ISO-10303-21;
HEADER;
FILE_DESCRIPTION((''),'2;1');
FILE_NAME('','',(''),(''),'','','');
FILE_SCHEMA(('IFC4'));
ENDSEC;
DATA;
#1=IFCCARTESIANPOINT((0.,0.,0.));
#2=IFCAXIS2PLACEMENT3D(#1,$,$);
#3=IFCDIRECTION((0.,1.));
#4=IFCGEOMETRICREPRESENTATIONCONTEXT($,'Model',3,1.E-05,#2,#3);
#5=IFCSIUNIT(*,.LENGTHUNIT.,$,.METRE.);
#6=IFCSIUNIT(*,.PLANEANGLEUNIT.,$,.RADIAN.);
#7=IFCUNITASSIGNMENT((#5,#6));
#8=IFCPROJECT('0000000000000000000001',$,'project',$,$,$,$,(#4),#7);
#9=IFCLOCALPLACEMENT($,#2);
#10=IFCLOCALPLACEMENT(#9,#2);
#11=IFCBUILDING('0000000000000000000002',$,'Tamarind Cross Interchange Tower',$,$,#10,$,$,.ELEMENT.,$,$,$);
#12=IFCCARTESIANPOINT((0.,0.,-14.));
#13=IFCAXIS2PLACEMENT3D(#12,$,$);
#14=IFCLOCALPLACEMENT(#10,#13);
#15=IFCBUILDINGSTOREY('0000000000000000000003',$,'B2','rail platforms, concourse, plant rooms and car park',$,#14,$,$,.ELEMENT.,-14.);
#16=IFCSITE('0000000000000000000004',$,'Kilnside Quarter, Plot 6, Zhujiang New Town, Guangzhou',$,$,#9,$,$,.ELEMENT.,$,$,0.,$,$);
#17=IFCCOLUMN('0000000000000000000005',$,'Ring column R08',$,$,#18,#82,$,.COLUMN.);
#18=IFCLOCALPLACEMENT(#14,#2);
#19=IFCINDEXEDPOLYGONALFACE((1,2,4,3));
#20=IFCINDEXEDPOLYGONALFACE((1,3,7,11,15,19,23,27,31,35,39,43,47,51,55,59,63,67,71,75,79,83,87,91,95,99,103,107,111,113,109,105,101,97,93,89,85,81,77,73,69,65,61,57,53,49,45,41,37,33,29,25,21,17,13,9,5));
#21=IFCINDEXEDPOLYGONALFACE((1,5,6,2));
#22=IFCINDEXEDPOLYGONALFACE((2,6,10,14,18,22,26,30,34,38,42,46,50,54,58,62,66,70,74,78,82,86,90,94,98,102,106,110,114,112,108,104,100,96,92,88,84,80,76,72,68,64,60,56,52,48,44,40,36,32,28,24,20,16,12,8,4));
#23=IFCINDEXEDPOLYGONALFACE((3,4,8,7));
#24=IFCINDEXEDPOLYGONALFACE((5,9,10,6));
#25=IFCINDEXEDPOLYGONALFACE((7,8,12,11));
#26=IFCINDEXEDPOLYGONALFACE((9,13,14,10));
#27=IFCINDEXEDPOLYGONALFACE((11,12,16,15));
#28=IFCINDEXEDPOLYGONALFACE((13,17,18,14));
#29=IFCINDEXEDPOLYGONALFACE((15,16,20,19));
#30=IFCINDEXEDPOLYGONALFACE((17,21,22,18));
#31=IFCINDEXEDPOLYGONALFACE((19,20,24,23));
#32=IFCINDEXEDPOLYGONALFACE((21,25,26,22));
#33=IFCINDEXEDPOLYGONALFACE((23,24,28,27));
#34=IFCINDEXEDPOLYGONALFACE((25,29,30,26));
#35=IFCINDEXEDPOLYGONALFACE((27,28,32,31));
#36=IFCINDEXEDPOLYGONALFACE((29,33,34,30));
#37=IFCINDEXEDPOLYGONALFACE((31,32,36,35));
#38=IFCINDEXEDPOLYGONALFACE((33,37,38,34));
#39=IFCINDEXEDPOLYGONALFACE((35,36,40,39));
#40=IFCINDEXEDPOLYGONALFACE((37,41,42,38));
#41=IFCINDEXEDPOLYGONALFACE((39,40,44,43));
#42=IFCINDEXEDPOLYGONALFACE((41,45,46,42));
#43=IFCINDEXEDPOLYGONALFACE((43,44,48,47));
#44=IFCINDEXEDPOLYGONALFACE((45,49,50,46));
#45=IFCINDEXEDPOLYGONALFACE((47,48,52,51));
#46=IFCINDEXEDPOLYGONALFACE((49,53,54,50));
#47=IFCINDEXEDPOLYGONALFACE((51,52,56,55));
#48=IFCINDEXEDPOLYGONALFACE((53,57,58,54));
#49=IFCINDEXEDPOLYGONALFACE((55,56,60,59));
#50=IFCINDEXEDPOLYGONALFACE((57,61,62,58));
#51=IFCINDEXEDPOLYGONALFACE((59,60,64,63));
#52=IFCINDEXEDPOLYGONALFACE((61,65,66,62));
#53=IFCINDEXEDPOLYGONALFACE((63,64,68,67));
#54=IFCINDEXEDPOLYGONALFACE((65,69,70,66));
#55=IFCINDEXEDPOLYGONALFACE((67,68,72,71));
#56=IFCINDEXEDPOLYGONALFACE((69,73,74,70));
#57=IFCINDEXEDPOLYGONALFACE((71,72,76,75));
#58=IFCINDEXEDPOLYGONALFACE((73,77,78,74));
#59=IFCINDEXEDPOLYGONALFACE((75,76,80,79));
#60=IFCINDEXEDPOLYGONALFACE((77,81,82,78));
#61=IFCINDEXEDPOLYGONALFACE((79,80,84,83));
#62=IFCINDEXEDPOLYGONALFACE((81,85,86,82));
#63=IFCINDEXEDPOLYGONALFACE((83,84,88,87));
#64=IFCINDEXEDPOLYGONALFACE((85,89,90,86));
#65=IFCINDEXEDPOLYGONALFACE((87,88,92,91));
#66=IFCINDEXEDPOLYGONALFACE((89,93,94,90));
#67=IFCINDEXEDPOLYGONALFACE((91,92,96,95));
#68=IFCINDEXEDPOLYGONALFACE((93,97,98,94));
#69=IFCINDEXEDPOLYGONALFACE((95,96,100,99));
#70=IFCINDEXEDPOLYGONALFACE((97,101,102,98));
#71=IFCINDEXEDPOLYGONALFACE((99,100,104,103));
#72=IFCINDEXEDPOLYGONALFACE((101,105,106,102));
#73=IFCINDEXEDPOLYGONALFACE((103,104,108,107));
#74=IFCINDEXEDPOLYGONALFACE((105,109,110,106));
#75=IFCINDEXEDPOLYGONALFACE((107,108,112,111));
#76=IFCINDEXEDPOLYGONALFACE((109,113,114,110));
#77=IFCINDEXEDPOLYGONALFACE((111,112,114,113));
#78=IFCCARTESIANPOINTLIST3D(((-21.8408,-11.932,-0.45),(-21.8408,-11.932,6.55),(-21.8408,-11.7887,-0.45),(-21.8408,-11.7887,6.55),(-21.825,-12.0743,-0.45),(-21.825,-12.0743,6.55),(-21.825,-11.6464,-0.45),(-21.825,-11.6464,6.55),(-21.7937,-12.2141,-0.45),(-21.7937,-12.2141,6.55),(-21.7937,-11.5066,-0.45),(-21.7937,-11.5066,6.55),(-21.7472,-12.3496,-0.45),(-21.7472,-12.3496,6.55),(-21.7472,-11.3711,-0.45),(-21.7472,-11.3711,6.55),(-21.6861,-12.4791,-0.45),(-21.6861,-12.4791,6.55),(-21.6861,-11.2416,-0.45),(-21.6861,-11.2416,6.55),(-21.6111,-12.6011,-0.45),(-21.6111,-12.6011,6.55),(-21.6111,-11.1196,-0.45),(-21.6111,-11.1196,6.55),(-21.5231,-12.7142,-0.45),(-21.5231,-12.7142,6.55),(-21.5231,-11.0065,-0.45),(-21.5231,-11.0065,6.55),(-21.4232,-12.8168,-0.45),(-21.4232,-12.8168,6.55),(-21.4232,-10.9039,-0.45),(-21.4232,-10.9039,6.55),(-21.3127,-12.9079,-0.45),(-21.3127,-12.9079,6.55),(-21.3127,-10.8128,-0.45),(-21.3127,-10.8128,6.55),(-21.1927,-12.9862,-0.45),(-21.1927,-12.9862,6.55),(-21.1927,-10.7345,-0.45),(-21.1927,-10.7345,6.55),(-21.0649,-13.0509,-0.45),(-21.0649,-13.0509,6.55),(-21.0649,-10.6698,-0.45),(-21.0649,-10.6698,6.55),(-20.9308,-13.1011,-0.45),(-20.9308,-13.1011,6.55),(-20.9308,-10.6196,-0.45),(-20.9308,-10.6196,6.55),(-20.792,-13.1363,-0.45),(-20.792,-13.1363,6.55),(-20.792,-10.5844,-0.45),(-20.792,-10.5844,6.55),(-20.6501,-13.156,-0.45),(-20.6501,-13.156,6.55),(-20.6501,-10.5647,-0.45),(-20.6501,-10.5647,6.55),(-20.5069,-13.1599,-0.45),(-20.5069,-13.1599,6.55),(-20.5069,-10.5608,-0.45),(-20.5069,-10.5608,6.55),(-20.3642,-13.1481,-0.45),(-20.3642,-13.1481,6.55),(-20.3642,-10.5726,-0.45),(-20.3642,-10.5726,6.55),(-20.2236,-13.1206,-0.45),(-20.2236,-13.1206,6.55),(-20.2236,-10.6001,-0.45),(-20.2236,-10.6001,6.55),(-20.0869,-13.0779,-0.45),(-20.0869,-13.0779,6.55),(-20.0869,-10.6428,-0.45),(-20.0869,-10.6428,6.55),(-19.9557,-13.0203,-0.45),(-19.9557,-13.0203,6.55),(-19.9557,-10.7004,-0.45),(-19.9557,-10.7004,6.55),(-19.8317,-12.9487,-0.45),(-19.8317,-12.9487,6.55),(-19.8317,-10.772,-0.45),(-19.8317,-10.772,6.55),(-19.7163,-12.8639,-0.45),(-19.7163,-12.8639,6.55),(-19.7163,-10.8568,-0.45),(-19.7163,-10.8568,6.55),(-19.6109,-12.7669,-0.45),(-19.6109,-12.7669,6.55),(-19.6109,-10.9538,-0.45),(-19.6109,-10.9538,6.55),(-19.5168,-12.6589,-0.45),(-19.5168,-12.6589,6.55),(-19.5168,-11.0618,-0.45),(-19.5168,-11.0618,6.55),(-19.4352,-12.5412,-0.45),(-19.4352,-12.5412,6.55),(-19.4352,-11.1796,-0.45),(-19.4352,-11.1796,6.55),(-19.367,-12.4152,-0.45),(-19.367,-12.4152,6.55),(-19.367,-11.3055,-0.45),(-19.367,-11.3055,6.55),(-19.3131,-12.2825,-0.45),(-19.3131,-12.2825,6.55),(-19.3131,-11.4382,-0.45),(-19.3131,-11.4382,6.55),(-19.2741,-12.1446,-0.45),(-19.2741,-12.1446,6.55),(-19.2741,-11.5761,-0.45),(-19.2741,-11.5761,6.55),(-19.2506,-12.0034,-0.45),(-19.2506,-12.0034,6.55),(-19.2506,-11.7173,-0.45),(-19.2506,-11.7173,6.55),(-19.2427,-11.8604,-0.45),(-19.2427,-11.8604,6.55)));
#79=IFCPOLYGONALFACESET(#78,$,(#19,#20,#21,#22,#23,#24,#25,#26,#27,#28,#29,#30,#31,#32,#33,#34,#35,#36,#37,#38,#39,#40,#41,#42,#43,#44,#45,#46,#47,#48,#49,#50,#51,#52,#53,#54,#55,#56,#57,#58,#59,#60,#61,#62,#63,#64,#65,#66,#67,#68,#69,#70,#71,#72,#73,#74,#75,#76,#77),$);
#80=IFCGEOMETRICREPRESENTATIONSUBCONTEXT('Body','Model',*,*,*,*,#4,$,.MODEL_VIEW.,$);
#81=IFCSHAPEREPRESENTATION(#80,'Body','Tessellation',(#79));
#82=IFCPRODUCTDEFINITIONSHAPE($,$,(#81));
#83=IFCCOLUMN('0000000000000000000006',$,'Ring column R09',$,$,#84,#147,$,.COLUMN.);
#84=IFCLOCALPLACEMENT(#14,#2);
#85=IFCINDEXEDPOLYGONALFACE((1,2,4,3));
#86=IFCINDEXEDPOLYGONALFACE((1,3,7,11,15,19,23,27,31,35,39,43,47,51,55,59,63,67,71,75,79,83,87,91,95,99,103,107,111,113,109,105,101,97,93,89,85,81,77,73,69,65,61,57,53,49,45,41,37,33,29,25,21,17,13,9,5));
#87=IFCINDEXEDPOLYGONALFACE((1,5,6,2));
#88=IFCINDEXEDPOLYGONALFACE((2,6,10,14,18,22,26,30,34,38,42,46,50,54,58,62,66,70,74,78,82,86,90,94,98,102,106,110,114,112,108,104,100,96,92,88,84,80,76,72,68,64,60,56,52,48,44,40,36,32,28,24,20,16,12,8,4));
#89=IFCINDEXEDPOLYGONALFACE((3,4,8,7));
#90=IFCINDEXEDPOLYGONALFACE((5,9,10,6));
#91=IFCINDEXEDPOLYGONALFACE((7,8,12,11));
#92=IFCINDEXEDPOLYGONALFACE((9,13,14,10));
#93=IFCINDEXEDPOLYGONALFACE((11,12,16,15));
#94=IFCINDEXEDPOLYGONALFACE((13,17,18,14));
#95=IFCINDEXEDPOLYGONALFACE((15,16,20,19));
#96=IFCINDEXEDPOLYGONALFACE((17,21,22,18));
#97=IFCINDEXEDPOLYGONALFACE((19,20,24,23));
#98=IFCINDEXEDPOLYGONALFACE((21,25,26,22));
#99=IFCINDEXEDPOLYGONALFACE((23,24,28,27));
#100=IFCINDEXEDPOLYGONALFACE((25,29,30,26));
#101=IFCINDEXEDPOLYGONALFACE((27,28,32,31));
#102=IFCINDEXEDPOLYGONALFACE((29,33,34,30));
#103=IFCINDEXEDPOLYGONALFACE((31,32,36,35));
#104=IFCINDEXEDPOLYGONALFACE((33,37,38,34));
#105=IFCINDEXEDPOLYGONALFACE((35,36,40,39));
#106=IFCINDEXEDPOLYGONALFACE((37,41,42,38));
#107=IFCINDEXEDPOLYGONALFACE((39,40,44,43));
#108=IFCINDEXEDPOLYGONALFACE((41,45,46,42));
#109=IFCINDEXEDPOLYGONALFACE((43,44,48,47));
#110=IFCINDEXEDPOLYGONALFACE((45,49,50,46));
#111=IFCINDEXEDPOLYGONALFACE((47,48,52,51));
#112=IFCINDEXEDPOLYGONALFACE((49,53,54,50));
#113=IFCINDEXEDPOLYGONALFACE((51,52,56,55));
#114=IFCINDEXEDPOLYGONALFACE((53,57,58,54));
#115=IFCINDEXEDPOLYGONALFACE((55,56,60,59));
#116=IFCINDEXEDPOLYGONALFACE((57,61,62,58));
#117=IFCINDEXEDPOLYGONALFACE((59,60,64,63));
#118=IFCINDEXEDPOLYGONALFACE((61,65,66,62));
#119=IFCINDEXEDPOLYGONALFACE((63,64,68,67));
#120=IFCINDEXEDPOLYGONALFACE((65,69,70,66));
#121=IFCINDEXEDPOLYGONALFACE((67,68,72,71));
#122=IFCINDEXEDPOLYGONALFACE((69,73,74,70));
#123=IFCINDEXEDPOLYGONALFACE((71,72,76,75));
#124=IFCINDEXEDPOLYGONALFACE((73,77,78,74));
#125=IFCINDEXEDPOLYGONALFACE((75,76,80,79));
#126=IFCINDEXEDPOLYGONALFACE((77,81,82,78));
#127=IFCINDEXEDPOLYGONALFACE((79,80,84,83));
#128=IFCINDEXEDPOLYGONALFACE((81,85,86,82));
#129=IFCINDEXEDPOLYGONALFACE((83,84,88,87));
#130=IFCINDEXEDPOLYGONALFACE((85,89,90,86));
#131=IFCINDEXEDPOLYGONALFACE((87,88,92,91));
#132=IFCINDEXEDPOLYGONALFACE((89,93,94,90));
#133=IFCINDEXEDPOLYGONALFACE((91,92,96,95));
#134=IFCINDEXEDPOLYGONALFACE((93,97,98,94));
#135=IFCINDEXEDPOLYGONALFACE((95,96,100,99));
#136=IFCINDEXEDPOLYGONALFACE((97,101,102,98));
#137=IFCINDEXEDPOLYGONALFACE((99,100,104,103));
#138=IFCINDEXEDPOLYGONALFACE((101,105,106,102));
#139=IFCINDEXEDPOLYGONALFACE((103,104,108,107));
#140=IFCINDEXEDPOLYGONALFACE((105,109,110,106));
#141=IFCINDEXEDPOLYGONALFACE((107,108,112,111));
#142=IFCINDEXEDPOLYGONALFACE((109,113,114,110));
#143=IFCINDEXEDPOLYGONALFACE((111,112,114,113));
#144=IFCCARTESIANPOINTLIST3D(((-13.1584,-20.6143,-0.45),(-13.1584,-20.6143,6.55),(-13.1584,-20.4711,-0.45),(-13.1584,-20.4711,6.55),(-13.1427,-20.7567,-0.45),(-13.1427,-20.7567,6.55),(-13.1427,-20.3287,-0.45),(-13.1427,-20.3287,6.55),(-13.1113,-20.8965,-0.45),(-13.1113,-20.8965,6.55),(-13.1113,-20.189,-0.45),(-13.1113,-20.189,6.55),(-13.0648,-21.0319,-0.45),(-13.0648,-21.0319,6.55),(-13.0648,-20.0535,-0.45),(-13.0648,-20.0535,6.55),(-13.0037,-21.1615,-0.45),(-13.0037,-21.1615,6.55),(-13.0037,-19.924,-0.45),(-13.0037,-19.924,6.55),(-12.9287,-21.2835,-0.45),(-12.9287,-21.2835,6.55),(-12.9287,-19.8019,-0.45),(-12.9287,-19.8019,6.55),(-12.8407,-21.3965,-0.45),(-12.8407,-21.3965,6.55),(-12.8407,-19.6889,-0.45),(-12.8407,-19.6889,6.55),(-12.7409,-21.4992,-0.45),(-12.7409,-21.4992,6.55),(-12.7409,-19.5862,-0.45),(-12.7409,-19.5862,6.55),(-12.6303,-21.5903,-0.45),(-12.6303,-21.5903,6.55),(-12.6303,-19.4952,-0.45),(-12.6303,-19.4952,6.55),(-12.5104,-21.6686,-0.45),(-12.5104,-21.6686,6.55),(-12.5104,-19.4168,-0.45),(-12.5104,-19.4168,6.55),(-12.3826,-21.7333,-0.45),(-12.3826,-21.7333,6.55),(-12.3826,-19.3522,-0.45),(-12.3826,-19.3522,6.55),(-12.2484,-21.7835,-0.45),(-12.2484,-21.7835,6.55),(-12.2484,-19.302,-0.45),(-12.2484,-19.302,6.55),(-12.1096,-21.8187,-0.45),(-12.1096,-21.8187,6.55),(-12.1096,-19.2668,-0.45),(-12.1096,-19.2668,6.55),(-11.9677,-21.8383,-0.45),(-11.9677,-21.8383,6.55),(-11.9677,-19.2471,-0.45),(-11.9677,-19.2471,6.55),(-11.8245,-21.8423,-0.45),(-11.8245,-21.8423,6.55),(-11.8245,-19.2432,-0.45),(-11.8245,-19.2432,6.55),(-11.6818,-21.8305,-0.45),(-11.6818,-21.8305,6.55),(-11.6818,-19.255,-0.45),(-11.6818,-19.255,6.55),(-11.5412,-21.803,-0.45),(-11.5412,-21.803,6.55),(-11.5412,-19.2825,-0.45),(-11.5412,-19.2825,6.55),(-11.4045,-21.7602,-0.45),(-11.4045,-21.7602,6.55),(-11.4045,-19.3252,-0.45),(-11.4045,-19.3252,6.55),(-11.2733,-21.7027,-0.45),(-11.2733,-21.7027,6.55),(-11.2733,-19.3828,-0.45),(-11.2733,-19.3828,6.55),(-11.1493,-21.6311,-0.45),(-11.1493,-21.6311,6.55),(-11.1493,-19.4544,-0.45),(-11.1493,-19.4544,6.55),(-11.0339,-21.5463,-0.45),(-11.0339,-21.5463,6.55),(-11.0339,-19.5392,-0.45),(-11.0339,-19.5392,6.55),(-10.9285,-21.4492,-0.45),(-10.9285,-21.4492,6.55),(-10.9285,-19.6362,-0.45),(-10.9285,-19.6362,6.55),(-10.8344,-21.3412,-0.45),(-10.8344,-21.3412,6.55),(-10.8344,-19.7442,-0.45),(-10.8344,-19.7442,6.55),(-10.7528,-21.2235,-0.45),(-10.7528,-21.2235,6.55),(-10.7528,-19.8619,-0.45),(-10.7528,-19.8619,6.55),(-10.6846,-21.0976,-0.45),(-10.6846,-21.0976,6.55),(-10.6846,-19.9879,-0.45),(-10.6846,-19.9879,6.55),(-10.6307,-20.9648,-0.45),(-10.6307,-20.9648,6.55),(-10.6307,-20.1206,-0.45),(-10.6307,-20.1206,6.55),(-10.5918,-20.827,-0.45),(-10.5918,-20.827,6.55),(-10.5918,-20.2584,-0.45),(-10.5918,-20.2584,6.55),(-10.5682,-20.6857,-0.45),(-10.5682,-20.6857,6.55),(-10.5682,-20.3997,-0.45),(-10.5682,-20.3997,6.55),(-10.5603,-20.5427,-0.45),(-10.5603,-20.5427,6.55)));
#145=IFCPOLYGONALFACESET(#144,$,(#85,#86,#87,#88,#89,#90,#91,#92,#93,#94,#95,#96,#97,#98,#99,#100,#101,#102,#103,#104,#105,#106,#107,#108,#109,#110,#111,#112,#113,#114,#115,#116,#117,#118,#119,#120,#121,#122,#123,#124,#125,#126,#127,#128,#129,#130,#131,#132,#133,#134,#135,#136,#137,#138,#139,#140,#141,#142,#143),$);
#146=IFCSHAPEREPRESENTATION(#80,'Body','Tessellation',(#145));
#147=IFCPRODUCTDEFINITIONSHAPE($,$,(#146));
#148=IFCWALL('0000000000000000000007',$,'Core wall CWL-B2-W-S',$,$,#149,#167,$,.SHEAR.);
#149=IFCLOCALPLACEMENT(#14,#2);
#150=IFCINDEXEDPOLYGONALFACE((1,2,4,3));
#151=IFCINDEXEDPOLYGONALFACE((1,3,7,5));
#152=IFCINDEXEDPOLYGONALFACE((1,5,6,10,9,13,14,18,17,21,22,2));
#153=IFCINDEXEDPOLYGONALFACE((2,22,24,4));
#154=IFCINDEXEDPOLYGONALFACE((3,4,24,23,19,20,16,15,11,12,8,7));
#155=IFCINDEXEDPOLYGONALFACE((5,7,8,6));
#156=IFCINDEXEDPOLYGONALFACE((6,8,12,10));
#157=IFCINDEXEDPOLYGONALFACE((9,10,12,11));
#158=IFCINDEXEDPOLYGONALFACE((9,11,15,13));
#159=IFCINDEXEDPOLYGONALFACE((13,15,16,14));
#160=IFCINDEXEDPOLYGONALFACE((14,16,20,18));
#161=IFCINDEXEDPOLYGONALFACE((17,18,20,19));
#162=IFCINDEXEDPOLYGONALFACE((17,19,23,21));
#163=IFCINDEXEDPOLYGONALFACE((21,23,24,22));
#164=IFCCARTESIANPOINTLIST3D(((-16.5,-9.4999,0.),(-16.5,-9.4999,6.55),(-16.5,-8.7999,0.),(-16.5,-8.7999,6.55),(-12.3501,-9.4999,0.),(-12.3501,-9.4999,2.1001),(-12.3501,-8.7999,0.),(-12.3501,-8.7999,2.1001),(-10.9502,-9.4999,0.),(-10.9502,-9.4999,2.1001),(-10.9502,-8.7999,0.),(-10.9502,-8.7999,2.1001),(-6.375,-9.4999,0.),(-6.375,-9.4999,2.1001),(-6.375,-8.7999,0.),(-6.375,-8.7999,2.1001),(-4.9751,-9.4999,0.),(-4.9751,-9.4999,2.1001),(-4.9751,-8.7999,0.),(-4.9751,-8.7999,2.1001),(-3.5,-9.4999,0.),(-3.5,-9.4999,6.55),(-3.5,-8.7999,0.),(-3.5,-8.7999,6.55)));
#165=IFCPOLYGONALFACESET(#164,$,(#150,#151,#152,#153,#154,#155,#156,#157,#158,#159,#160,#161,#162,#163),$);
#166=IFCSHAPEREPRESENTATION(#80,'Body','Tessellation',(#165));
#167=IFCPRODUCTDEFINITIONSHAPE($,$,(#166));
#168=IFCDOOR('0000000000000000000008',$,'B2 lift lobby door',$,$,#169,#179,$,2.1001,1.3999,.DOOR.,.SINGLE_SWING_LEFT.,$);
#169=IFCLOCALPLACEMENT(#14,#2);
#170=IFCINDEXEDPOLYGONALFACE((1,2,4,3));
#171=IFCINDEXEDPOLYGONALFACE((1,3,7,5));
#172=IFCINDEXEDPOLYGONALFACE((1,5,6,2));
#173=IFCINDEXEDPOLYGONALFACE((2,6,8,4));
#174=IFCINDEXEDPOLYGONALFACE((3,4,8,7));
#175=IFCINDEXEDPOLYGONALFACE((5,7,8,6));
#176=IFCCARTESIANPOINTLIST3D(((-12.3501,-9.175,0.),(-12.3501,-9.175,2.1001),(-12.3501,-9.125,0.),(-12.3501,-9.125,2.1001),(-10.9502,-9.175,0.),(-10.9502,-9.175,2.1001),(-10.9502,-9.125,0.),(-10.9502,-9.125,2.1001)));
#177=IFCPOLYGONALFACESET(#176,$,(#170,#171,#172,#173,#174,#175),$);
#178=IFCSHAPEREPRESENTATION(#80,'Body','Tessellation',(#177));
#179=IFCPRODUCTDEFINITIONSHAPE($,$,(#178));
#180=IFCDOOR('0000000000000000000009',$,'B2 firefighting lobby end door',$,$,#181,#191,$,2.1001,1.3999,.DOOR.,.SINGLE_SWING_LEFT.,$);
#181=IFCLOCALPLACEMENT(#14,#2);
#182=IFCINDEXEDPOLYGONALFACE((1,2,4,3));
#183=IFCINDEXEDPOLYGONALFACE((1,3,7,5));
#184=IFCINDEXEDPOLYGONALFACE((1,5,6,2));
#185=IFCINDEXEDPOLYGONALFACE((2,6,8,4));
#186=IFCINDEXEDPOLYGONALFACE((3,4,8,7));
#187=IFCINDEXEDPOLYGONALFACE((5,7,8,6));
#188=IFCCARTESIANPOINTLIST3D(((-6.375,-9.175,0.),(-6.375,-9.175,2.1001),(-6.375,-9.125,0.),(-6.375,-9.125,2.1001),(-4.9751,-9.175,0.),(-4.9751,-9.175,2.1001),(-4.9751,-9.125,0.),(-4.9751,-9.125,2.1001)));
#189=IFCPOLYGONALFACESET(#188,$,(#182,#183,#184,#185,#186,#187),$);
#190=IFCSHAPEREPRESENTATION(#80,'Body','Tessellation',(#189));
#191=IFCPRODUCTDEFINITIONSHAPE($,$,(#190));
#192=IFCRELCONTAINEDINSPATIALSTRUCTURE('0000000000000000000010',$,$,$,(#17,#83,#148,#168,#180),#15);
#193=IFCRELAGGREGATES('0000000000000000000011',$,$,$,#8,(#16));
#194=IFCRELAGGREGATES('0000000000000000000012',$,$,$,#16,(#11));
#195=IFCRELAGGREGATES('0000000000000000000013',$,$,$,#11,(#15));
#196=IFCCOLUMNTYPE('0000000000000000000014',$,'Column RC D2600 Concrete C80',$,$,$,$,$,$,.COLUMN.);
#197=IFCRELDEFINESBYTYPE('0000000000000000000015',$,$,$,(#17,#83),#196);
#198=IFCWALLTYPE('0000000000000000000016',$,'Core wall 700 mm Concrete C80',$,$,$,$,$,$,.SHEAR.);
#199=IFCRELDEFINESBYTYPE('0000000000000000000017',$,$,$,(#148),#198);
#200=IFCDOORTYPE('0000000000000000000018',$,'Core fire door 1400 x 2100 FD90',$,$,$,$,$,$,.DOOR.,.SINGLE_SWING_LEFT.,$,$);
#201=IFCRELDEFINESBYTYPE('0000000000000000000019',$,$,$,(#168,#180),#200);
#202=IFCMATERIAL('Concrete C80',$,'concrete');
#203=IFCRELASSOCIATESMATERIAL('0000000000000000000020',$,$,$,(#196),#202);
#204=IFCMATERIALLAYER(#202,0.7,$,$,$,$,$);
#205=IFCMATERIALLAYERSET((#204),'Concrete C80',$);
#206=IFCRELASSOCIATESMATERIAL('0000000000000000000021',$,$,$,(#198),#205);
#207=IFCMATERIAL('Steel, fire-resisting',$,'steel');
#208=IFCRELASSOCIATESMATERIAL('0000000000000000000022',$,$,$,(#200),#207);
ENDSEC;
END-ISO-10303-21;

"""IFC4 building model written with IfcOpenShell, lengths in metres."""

from ifc_helpers import new_model, si_unit, direction, frame, frame_2d, origin, origin_2d, place, context, subcontext, project, spatial, rectangle, circle, extrude, material, layer, layer_set, material_profile, profile_set, type_object, element, fill, save


model = new_model("IFC4")

# Units and contexts
model_context = context("Model", 3, precision=1e-05, world=origin(), true_north=direction((0.0, 1.0)))
body_context = subcontext(model_context, "Body", "Model", "MODEL_VIEW")
ifc_project = project(units=[si_unit("LENGTHUNIT", "METRE"), si_unit("PLANEANGLEUNIT", "RADIAN")], contexts=[model_context])

# Site, building, storey
site_placement = place(None, origin())
site = spatial("IfcSite", under=ifc_project, at=site_placement, Name="Kilnside Quarter, Plot 6, Zhujiang New Town, Guangzhou", CompositionType="ELEMENT", RefElevation=0.0)
building_placement = place(site_placement, origin())
building = spatial("IfcBuilding", under=site, at=building_placement, Name="Tamarind Cross Interchange Tower", CompositionType="ELEMENT")
storey_placement = place(building_placement, frame((0.0, 0.0, -14.0)))
storey = spatial("IfcBuildingStorey", under=building, at=storey_placement, Name="B2", Description="rail platforms, concourse, plant rooms and car park", CompositionType="ELEMENT", Elevation=-14.0)

# Columns
ifc_material_1 = material(Name="Concrete C80", Category="concrete")
ifc_material_profile = material_profile(ifc_material_1, circle(Radius=1.3, at=origin_2d()), Name="RC D2600")
ifc_profile_set = profile_set([ifc_material_profile], Name="Concrete C80")
column_type = type_object("IfcColumnType", Name="Column RC D2600 Concrete C80", PredefinedType="COLUMN", material=ifc_profile_set)
for number, where, z_axis, x_axis, name in (
    (1, (-20.5427, -11.8604, -0.45), (0.0, 0.0, 1.0), (1.0, 0.0, 0.0), "Ring column R08"),
    (2, (-11.8604, -20.5427, -0.45), (0.0, 0.0, 1.0), (1.0, 0.0, 0.0), "Ring column R09"),
):
    element("IfcColumn", number, at=place(storey_placement, frame(where, z_axis=z_axis, x_axis=x_axis)), inside=storey, type_object=column_type, Name=name, PredefinedType="COLUMN", context=body_context, shape_type="SweptSolid", body=[
        extrude(circle(Radius=1.3, at=origin_2d()), origin(), (0.0, 0.0, 1.0), 7.0),
    ])

# Wall, openings, doors
ifc_layer_1 = layer(ifc_material_1, 0.7)
ifc_layer_set_1 = layer_set([ifc_layer_1], Name="Concrete C80")
wall_type_1 = type_object("IfcWallType", Name="Core wall 700 mm Concrete C80", PredefinedType="SHEAR", material=ifc_layer_set_1)
wall_1_placement = place(storey_placement, frame((-16.5, -9.1499, 0.0), z_axis=(0.0, 0.0, 1.0), x_axis=(1.0, 0.0, 0.0)))
wall_1 = element("IfcWall", 3, at=wall_1_placement, inside=storey, type_object=wall_type_1, Name="Core wall CWL-B2-W-S", PredefinedType="SHEAR", context=body_context, shape_type="SweptSolid", body=[
    extrude(rectangle(XDim=13.0, YDim=0.7, at=frame_2d((6.5, 0.0))), origin(), (0.0, 0.0, 1.0), 6.55),
])
opening_1_placement = place(wall_1_placement, frame((4.1499, 0.0, 0.0)))
opening_1 = element("IfcOpeningElement", 4, at=opening_1_placement, cuts=wall_1, PredefinedType="OPENING", context=body_context, shape_type="SweptSolid", body=[
    extrude(rectangle(XDim=1.3999, YDim=2.1001, at=frame_2d((0.7, 1.05))), frame((0.0, 0.3599, 0.0), z_axis=(0.0, -1.0, 0.0), x_axis=(1.0, 0.0, 0.0)), (0.0, 0.0, 1.0), 0.72),
])
opening_2_placement = place(wall_1_placement, frame((10.125, 0.0, 0.0)))
opening_2 = element("IfcOpeningElement", 5, at=opening_2_placement, cuts=wall_1, PredefinedType="OPENING", context=body_context, shape_type="SweptSolid", body=[
    extrude(rectangle(XDim=1.3999, YDim=2.1001, at=frame_2d((0.7, 1.05))), frame((0.0, 0.3599, 0.0), z_axis=(0.0, -1.0, 0.0), x_axis=(1.0, 0.0, 0.0)), (0.0, 0.0, 1.0), 0.72),
])
ifc_material_2 = material(Name="Steel, fire-resisting", Category="steel")
door_type_1 = type_object("IfcDoorType", Name="Core fire door 1400 x 2100 FD90", OperationType="SINGLE_SWING_LEFT", PredefinedType="DOOR", material=ifc_material_2)
door_1_placement = place(opening_1_placement, origin())
door_1 = element("IfcDoor", 6, at=door_1_placement, inside=storey, type_object=door_type_1, Name="B2 lift lobby door", OperationType="SINGLE_SWING_LEFT", OverallHeight=2.1001, OverallWidth=1.3999, PredefinedType="DOOR", context=body_context, shape_type="SweptSolid", body=[
    extrude(rectangle(XDim=1.3999, YDim=2.1001, at=frame_2d((0.7, 1.05))), frame((0.0, 0.0249, 0.0), z_axis=(0.0, -1.0, 0.0), x_axis=(1.0, 0.0, 0.0)), (0.0, 0.0, 1.0), 0.05),
])
fill(opening_1, door_1)
door_2_placement = place(opening_2_placement, origin())
door_2 = element("IfcDoor", 7, at=door_2_placement, inside=storey, type_object=door_type_1, Name="B2 firefighting lobby end door", OperationType="SINGLE_SWING_LEFT", OverallHeight=2.1001, OverallWidth=1.3999, PredefinedType="DOOR", context=body_context, shape_type="SweptSolid", body=[
    extrude(rectangle(XDim=1.3999, YDim=2.1001, at=frame_2d((0.7, 1.05))), frame((0.0, 0.0249, 0.0), z_axis=(0.0, -1.0, 0.0), x_axis=(1.0, 0.0, 0.0)), (0.0, 0.0, 1.0), 0.05),
])
fill(opening_2, door_2)

save(model, "model.ifc")
